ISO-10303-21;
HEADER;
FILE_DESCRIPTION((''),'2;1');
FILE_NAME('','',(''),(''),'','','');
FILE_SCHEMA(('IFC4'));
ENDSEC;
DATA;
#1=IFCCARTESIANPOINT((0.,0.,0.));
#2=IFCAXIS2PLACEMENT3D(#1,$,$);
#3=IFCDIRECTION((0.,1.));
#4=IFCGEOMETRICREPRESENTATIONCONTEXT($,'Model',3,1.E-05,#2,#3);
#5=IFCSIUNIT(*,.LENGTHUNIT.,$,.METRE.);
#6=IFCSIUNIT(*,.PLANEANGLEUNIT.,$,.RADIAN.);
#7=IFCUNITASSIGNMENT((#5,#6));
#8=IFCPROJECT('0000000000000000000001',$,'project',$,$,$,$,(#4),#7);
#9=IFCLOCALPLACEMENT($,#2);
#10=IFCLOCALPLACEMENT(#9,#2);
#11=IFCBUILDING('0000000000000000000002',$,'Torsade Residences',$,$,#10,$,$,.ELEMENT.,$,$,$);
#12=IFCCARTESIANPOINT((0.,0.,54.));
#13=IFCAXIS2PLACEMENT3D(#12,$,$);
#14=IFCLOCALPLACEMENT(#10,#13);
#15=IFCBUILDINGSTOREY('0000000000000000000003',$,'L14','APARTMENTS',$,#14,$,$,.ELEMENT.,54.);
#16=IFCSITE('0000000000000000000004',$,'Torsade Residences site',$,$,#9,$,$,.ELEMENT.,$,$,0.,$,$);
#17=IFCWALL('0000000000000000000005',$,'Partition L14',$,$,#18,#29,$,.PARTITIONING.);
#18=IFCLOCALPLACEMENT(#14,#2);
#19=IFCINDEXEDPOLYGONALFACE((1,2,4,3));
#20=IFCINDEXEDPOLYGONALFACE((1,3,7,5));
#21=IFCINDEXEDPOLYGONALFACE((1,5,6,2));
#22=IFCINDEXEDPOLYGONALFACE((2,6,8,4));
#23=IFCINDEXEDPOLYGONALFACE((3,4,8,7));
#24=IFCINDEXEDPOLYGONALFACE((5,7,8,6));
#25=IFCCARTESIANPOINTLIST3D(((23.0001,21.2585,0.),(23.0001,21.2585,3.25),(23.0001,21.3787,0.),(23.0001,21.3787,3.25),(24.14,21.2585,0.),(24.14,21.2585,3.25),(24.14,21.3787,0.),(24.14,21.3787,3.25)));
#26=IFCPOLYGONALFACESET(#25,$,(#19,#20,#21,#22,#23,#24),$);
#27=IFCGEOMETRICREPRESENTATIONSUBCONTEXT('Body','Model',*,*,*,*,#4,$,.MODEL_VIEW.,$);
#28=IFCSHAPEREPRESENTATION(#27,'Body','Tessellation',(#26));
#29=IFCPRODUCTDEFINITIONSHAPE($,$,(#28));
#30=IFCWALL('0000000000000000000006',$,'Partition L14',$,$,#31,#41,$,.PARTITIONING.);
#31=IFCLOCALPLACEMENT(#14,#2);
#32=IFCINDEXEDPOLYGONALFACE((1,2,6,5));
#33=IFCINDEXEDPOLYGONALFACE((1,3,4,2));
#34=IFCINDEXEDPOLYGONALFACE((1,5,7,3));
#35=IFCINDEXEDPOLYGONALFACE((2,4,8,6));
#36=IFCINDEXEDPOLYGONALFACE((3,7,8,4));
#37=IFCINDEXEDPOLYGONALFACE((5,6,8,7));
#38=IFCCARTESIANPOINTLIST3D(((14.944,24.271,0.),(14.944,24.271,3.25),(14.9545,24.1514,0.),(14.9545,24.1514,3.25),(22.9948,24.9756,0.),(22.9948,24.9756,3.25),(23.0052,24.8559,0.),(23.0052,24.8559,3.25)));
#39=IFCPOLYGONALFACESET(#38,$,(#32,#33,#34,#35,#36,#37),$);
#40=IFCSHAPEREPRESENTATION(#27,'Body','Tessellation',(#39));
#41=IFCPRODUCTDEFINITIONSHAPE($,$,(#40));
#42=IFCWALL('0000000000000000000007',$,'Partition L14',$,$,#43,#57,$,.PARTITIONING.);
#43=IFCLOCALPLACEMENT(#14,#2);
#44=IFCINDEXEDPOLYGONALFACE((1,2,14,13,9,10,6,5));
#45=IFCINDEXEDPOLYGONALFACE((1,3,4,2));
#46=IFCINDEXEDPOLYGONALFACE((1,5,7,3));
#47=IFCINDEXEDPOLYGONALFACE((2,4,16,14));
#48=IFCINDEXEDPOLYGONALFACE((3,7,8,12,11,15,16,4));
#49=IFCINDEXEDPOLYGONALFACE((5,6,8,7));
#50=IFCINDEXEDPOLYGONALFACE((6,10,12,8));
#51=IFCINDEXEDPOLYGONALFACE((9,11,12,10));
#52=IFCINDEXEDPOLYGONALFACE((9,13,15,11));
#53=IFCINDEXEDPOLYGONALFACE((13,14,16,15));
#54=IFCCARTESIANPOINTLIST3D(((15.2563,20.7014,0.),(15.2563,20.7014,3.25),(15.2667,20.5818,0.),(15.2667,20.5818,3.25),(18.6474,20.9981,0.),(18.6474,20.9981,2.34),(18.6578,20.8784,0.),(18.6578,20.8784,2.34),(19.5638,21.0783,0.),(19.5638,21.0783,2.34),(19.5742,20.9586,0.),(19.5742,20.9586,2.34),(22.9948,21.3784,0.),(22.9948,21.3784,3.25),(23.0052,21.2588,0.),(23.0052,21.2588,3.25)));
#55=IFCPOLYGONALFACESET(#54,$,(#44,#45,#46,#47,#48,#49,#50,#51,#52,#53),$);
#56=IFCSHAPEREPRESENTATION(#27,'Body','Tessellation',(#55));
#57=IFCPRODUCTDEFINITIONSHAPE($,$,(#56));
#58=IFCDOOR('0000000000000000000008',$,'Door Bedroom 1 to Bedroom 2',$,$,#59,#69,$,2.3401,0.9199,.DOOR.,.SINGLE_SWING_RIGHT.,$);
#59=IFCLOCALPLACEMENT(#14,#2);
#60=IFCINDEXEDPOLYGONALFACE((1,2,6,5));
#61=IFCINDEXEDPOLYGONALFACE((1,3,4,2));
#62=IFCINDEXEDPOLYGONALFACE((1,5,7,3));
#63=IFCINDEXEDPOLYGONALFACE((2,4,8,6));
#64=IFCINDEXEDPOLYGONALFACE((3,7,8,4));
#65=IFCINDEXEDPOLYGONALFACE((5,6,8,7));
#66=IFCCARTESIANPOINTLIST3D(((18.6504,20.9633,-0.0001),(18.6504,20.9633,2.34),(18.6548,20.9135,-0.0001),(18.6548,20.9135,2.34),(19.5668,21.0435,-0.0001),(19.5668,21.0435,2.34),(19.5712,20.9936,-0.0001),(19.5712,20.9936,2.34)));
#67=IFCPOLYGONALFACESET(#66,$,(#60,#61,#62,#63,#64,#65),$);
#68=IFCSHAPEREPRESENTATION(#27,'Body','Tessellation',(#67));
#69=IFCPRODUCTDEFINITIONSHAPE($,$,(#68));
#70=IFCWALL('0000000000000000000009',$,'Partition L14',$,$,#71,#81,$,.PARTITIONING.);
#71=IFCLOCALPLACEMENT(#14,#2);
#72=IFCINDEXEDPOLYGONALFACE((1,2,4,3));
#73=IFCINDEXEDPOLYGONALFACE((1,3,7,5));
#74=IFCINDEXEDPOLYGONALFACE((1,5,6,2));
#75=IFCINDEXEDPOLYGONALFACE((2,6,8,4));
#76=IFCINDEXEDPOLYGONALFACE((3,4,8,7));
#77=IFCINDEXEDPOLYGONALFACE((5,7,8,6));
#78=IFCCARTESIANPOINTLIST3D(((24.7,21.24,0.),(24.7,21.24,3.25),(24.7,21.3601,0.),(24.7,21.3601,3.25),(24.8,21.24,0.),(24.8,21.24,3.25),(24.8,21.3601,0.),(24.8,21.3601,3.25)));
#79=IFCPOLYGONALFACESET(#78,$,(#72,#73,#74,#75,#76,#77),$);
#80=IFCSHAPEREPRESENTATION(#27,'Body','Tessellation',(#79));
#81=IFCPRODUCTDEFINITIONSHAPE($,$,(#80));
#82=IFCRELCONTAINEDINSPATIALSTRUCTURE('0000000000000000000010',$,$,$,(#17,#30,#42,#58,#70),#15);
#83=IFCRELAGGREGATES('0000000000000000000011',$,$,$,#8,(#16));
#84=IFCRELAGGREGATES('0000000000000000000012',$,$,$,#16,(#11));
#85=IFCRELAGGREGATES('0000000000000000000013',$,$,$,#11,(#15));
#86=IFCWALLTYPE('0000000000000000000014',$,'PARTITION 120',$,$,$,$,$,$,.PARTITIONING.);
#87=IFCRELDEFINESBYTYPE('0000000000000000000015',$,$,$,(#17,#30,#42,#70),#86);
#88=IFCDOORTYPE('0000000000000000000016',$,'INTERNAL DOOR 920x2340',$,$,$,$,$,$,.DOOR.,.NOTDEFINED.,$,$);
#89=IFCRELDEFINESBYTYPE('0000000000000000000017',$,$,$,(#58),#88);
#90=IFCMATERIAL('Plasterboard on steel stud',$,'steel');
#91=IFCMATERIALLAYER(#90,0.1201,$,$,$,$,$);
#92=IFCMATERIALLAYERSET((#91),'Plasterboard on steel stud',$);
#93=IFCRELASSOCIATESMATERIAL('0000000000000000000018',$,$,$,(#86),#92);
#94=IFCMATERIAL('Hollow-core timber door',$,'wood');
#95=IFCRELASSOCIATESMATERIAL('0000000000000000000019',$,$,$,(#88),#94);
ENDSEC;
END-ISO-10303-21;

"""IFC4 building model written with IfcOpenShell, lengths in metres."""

from ifc_helpers import new_model, si_unit, direction, frame, frame_2d, origin, place, context, subcontext, project, spatial, rectangle, extrude, material, layer, layer_set, type_object, element, fill, save


model = new_model("IFC4")

# Units and contexts
model_context = context("Model", 3, precision=1e-05, world=origin(), true_north=direction((0.0, 1.0)))
body_context = subcontext(model_context, "Body", "Model", "MODEL_VIEW")
ifc_project = project(units=[si_unit("LENGTHUNIT", "METRE"), si_unit("PLANEANGLEUNIT", "RADIAN")], contexts=[model_context])

# Site, building, storey
site_placement = place(None, origin())
site = spatial("IfcSite", under=ifc_project, at=site_placement, Name="Torsade Residences site", CompositionType="ELEMENT", RefElevation=0.0)
building_placement = place(site_placement, origin())
building = spatial("IfcBuilding", under=site, at=building_placement, Name="Torsade Residences", CompositionType="ELEMENT")
storey_placement = place(building_placement, frame((0.0, 0.0, 54.0)))
storey = spatial("IfcBuildingStorey", under=building, at=storey_placement, Name="L14", Description="APARTMENTS", CompositionType="ELEMENT", Elevation=54.0)

# Shared definitions
ifc_material_1 = material(Name="Plasterboard on steel stud", Category="steel")
ifc_layer_1 = layer(ifc_material_1, 0.1201)
ifc_layer_set_1 = layer_set([ifc_layer_1], Name="Plasterboard on steel stud")
wall_type_1 = type_object("IfcWallType", Name="PARTITION 120", PredefinedType="PARTITIONING", material=ifc_layer_set_1)

# Shared definitions
ifc_material_2 = material(Name="Hollow-core timber door", Category="wood")
door_type_1 = type_object("IfcDoorType", Name="INTERNAL DOOR 920x2340", OperationType="NOTDEFINED", PredefinedType="DOOR", material=ifc_material_2)

# Walls
wall_1_placement = place(storey_placement, frame((24.1399, 21.3186, 0.0), z_axis=(0.0, 0.0, 1.0), x_axis=(-1.0, 0.0, 0.0)))
element("IfcWall", 1, at=wall_1_placement, inside=storey, type_object=wall_type_1, Name="Partition L14", PredefinedType="PARTITIONING", context=body_context, shape_type="SweptSolid", body=[
    extrude(rectangle(XDim=1.1399, YDim=0.1201, at=frame_2d((0.5698, 0.0))), origin(), (0.0, 0.0, 1.0), 3.25),
])
wall_2_placement = place(storey_placement, frame((23.0, 24.9158, 0.0), z_axis=(0.0, 0.0, 1.0), x_axis=(-0.996192, -0.087185, 0.0)))
element("IfcWall", 2, at=wall_2_placement, inside=storey, type_object=wall_type_1, Name="Partition L14", PredefinedType="PARTITIONING", context=body_context, shape_type="SweptSolid", body=[
    extrude(rectangle(XDim=8.0815, YDim=0.1201, at=frame_2d((4.0408, 0.0))), origin(), (0.0, 0.0, 1.0), 3.25),
])

# Wall, opening, door
wall_3_placement = place(storey_placement, frame((23.0, 21.3186, 0.0), z_axis=(0.0, 0.0, 1.0), x_axis=(-0.996195, -0.087152, 0.0)))
wall_3 = element("IfcWall", 3, at=wall_3_placement, inside=storey, type_object=wall_type_1, Name="Partition L14", PredefinedType="PARTITIONING", context=body_context, shape_type="SweptSolid", body=[
    extrude(rectangle(XDim=7.7681, YDim=0.1201, at=frame_2d((3.884, 0.0))), origin(), (0.0, 0.0, 1.0), 3.25),
])
opening_1_placement = place(wall_3_placement, frame((3.4441, 0.0, 0.0)))
opening_1 = element("IfcOpeningElement", 4, at=opening_1_placement, cuts=wall_3, PredefinedType="OPENING", context=body_context, shape_type="SweptSolid", body=[
    extrude(rectangle(XDim=0.9199, YDim=2.3401, at=frame_2d((0.46, 1.1699))), frame((0.0, 0.0701, 0.0), z_axis=(0.0, -1.0, 0.0), x_axis=(1.0, 0.0, 0.0)), (0.0, 0.0, 1.0), 0.1401),
])
door_1_placement = place(opening_1_placement, origin())
door_1 = element("IfcDoor", 5, at=door_1_placement, inside=storey, type_object=door_type_1, Name="Door Bedroom 1 to Bedroom 2", OperationType="SINGLE_SWING_RIGHT", OverallHeight=2.3401, OverallWidth=0.9199, PredefinedType="DOOR", context=body_context, shape_type="SweptSolid", body=[
    extrude(rectangle(XDim=0.9199, YDim=2.3401, at=frame_2d((0.46, 1.1699))), frame((0.0, 0.0249, 0.0), z_axis=(0.0, -1.0, 0.0), x_axis=(1.0, 0.0, 0.0)), (0.0, 0.0, 1.0), 0.05),
])
fill(opening_1, door_1)

# Wall
wall_4_placement = place(storey_placement, frame((24.8, 21.3, 0.0), z_axis=(0.0, 0.0, 1.0), x_axis=(-1.0, 0.0, 0.0)))
element("IfcWall", 6, at=wall_4_placement, inside=storey, type_object=wall_type_1, Name="Partition L14", PredefinedType="PARTITIONING", context=body_context, shape_type="SweptSolid", body=[
    extrude(rectangle(XDim=0.1001, YDim=0.1201, at=frame_2d((0.05, 0.0))), origin(), (0.0, 0.0, 1.0), 3.25),
])

save(model, "model.ifc")
